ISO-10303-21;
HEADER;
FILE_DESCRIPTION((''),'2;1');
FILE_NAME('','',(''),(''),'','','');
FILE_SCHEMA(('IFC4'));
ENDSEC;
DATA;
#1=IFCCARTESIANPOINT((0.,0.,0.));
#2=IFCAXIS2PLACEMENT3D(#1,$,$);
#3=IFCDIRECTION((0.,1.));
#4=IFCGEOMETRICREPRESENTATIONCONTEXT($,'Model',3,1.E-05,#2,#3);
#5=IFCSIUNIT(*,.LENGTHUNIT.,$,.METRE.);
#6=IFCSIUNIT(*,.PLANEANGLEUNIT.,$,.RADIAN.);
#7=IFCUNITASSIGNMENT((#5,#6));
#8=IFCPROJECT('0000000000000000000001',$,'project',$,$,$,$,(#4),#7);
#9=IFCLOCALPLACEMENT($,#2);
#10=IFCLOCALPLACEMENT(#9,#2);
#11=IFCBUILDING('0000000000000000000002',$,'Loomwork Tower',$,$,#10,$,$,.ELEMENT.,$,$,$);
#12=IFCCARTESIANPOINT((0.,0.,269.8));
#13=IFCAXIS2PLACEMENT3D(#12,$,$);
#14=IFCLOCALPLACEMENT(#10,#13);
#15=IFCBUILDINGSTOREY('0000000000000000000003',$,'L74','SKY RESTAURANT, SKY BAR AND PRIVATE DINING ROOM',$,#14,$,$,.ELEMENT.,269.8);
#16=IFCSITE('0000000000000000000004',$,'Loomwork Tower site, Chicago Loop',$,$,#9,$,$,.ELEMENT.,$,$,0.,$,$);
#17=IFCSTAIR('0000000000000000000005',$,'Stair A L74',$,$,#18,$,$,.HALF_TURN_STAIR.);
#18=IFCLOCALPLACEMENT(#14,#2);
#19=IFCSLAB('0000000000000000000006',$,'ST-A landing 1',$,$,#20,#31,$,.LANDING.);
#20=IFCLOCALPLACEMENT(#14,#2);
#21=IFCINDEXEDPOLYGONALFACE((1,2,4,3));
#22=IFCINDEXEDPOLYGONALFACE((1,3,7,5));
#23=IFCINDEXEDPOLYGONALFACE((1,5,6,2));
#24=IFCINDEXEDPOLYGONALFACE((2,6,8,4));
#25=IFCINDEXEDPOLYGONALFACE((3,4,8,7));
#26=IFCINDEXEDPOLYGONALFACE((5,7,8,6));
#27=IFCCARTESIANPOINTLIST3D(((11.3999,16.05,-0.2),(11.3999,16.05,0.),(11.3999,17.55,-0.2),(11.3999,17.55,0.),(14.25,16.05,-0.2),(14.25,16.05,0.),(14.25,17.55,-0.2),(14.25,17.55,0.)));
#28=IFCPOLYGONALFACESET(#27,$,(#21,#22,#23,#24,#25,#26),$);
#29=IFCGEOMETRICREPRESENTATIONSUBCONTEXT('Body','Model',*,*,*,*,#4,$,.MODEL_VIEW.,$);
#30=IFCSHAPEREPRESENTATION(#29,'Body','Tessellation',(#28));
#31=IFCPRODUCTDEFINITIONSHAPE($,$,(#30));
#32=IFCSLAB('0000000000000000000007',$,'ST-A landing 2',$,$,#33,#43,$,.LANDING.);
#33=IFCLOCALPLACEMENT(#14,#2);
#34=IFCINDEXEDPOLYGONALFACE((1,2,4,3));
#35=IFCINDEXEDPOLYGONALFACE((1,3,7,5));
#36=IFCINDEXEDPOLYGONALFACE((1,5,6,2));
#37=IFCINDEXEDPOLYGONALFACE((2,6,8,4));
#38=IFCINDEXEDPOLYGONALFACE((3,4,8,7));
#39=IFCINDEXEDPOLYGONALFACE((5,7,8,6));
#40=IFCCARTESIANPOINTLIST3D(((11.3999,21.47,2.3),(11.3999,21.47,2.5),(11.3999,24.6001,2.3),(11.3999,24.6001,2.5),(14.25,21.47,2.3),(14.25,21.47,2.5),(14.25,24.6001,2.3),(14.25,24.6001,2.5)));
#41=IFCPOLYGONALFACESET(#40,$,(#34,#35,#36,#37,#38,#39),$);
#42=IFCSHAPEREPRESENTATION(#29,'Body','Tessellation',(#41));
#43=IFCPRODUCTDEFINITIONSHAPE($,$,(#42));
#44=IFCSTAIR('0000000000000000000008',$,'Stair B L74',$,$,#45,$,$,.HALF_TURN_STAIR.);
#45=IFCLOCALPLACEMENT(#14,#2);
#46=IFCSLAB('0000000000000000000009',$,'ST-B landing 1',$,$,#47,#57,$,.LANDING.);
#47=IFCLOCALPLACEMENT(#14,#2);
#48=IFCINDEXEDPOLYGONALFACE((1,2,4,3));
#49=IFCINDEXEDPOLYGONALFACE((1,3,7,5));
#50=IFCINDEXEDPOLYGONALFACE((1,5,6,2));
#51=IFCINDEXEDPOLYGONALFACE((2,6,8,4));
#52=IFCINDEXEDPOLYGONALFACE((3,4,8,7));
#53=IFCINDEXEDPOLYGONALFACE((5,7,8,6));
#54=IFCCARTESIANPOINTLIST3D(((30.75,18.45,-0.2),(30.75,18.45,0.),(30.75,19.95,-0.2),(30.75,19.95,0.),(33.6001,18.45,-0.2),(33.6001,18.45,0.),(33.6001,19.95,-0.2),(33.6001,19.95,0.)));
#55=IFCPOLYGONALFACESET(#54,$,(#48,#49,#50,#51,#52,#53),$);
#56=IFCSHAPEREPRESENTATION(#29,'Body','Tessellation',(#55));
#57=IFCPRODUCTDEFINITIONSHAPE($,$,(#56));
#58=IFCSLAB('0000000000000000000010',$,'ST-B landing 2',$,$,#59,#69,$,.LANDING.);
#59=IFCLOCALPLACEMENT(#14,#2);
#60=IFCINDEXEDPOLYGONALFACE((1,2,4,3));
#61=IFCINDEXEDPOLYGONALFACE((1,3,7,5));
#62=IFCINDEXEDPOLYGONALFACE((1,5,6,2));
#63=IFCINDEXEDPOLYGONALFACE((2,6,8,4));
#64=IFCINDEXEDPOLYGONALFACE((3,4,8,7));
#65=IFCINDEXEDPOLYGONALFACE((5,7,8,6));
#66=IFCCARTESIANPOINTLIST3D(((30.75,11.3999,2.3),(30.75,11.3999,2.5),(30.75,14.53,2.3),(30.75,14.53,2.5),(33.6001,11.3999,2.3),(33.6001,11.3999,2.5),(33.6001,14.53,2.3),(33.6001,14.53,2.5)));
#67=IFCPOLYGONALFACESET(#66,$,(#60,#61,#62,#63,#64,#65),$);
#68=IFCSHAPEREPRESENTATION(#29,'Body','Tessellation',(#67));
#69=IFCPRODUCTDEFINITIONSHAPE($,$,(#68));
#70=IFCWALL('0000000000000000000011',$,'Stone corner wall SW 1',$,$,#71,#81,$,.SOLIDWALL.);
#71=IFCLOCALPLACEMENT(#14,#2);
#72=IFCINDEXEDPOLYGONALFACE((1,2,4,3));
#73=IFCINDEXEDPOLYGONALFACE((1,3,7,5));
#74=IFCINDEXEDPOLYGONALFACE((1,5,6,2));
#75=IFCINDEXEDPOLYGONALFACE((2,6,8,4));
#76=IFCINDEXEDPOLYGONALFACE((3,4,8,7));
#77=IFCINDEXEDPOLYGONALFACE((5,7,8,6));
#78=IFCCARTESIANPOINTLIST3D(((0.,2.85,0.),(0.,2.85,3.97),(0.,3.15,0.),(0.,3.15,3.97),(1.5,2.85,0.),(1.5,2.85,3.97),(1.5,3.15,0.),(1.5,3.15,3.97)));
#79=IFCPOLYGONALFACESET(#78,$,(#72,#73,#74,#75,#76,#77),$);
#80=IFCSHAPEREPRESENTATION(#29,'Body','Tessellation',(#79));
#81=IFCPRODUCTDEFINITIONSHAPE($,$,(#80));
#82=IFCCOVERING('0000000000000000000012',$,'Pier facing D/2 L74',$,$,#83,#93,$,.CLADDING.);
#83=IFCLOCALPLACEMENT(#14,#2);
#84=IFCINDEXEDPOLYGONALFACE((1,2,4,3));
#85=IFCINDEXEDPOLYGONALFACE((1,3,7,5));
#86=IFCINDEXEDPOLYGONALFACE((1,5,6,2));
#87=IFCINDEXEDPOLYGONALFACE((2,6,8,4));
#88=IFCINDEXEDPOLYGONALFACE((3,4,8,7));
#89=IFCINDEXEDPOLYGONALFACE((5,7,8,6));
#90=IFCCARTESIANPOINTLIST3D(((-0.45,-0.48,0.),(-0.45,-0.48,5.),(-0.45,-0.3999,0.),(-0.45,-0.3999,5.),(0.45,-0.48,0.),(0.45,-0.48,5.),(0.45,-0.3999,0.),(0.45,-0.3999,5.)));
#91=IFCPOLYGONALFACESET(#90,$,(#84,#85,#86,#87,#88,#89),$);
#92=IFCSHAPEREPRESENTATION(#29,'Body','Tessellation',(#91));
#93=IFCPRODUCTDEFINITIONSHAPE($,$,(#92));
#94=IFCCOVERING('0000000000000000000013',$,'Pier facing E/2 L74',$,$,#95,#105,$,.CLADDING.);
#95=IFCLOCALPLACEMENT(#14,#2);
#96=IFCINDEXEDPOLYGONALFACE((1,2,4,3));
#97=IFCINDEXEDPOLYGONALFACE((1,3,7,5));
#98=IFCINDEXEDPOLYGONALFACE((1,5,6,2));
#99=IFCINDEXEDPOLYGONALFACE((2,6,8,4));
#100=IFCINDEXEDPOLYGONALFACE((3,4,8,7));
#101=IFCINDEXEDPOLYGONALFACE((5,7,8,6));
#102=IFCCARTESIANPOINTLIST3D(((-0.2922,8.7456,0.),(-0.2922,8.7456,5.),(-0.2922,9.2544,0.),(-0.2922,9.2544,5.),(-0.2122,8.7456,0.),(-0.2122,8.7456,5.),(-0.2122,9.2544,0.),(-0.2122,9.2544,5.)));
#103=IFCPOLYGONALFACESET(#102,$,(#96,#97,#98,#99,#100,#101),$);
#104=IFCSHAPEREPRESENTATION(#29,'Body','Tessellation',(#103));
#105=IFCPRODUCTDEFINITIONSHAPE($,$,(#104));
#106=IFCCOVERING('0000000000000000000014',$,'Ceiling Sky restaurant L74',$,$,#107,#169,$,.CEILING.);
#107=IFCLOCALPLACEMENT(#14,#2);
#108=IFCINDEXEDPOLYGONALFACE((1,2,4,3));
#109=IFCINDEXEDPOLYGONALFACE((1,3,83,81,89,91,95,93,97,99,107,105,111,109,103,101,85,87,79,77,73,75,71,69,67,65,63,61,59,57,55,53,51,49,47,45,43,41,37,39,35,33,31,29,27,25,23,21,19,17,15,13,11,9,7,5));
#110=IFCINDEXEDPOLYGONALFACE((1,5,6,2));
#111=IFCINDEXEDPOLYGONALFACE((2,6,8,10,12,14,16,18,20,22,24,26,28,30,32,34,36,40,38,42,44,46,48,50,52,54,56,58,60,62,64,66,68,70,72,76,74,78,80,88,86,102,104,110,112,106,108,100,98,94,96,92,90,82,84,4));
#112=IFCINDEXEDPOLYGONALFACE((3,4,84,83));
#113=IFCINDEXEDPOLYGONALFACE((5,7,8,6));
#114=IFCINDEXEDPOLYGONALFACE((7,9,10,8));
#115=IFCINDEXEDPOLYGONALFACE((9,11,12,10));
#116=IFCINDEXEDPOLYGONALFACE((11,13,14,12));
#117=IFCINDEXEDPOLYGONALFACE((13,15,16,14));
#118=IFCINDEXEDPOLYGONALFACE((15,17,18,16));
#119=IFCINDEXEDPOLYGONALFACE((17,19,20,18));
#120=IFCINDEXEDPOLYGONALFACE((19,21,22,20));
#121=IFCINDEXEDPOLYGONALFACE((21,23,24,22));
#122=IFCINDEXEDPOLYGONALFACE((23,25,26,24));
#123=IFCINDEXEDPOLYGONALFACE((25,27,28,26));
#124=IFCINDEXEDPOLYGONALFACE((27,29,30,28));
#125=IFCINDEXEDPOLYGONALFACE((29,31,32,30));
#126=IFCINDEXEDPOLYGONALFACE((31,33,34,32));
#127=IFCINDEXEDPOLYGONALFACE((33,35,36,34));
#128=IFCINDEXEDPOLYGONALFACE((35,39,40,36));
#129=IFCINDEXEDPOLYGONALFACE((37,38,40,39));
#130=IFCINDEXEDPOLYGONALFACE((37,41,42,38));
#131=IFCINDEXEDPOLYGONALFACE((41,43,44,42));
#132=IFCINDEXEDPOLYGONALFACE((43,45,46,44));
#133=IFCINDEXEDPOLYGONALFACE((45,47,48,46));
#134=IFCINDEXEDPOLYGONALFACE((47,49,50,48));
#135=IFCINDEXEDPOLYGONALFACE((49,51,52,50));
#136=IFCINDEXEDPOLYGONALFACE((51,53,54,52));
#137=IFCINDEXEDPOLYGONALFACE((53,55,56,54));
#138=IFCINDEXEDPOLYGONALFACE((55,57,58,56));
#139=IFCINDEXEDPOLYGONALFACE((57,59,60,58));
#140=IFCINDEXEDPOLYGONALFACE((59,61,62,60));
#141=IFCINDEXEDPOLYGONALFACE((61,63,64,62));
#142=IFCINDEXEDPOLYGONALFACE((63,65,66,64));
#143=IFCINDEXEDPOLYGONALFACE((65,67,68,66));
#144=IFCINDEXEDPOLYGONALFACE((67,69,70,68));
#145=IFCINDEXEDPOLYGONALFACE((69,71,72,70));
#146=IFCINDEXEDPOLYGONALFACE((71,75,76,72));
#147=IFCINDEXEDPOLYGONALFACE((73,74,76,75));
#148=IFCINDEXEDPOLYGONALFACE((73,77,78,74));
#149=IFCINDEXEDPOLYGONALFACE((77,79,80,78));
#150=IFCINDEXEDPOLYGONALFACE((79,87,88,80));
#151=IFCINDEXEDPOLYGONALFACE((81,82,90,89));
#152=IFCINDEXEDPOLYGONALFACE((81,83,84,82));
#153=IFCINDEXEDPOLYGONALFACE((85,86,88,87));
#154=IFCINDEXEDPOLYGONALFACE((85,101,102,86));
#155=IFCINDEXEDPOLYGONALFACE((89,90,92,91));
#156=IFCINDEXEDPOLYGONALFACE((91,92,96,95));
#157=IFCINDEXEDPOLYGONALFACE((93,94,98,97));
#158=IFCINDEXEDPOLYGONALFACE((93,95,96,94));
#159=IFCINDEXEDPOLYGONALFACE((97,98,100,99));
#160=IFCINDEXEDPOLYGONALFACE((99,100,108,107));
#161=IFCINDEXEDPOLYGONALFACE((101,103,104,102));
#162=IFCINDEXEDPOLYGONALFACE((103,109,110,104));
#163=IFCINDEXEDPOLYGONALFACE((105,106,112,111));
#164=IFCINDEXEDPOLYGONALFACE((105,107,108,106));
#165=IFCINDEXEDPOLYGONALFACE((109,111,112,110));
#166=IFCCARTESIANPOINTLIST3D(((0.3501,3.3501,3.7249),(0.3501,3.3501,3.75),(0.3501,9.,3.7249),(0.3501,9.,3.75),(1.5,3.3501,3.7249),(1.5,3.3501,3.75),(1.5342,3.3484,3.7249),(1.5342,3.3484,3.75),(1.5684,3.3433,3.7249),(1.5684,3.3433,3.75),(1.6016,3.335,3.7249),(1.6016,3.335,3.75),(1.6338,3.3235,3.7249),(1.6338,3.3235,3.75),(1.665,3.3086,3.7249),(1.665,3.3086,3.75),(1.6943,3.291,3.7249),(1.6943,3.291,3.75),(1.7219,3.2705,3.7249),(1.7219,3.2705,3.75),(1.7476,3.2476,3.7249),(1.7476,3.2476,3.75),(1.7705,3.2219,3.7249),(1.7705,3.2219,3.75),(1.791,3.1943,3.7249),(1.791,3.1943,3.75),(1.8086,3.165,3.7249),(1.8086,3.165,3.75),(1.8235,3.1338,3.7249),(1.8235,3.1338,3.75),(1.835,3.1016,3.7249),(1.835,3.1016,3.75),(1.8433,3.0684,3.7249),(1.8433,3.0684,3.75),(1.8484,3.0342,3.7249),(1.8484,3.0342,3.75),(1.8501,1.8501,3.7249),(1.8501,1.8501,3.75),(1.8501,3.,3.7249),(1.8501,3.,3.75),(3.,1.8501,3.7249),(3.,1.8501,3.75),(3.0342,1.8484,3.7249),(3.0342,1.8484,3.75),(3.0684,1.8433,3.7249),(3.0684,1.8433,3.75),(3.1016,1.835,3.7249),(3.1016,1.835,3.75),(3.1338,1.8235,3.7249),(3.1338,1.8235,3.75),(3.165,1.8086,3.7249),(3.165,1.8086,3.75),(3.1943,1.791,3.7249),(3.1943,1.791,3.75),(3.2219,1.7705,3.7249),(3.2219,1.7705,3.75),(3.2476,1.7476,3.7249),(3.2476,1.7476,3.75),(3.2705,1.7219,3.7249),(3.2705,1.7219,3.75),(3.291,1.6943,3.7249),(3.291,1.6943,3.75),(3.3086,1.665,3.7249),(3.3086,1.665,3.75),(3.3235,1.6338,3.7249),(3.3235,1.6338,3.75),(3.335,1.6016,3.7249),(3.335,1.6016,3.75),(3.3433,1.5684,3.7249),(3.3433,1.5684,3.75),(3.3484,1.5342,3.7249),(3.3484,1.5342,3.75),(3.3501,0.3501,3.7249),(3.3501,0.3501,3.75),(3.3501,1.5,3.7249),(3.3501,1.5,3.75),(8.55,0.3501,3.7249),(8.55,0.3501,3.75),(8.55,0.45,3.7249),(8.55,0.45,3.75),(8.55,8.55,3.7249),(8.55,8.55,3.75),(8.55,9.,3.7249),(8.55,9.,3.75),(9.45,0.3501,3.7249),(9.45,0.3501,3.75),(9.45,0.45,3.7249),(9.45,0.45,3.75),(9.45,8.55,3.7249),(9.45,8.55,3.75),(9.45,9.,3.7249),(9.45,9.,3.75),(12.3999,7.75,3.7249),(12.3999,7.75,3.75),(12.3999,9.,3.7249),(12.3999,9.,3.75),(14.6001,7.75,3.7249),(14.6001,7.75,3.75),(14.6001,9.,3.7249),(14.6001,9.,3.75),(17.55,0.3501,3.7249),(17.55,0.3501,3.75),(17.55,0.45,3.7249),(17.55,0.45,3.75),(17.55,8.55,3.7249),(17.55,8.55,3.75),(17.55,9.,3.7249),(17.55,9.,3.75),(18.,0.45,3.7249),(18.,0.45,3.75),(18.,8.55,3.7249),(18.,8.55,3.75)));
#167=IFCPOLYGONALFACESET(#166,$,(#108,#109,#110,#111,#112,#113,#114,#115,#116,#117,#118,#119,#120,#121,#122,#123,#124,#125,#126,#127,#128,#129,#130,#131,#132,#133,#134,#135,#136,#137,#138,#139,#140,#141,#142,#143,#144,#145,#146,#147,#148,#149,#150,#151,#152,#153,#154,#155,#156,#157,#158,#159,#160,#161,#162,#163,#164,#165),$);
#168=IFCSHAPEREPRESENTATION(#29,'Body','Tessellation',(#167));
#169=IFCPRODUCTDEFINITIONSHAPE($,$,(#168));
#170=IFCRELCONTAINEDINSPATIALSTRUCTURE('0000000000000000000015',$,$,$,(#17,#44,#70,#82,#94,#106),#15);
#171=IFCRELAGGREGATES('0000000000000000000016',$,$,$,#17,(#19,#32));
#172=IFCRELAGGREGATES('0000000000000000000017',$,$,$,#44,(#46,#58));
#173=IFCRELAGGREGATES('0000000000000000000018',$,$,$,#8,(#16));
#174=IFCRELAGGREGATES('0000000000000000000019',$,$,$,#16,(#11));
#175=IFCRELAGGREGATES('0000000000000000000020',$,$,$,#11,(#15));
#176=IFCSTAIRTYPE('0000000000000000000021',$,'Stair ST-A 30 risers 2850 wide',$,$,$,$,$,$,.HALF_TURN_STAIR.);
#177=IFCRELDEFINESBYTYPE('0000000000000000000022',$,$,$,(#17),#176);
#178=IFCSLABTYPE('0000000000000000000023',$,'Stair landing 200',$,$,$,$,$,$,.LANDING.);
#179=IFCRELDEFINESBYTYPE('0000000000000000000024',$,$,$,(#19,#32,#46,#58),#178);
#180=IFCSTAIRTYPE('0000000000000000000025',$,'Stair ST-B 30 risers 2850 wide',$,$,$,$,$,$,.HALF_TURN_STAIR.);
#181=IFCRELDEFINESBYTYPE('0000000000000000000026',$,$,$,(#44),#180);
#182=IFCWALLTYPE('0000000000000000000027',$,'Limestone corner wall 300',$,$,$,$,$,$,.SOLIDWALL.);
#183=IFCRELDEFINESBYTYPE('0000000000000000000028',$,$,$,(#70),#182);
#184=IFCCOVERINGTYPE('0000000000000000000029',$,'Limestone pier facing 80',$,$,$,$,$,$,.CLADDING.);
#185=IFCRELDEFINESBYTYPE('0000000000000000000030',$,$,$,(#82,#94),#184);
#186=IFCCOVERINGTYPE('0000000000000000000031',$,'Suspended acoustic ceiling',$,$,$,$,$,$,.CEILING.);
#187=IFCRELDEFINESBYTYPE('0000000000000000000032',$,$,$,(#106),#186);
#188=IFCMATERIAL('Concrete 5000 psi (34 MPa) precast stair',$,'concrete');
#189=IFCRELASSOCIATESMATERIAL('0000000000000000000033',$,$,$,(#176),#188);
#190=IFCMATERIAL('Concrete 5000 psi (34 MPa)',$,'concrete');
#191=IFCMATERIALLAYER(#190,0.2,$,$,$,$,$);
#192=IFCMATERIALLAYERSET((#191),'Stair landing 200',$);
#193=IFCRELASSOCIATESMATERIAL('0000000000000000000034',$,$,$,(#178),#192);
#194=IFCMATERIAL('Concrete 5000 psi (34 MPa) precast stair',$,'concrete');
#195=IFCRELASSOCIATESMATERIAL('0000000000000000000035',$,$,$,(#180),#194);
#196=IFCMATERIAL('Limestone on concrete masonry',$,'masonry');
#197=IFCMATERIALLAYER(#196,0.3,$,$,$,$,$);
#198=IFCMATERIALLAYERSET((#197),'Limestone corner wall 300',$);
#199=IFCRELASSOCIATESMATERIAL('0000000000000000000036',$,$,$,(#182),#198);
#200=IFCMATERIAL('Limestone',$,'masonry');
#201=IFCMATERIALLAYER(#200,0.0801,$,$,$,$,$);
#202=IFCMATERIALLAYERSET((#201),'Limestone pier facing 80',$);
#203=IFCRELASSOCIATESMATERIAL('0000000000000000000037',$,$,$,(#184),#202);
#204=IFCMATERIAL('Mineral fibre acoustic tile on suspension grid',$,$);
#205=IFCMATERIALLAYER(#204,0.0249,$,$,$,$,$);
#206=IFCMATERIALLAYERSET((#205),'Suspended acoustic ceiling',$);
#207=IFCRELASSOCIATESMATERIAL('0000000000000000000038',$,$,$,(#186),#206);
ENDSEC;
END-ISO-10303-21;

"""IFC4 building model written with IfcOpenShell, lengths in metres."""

from ifc_helpers import new_model, si_unit, direction, frame, frame_2d, origin, origin_2d, place, context, subcontext, project, spatial, polyline, rectangle, outline, extrude, material, layer, layer_set, type_object, element, aggregate, save


model = new_model("IFC4")

# Units and contexts
model_context = context("Model", 3, precision=1e-05, world=origin(), true_north=direction((0.0, 1.0)))
body_context = subcontext(model_context, "Body", "Model", "MODEL_VIEW")
ifc_project = project(units=[si_unit("LENGTHUNIT", "METRE"), si_unit("PLANEANGLEUNIT", "RADIAN")], contexts=[model_context])

# Site, building, storey
site_placement = place(None, origin())
site = spatial("IfcSite", under=ifc_project, at=site_placement, Name="Loomwork Tower site, Chicago Loop", CompositionType="ELEMENT", RefElevation=0.0)
building_placement = place(site_placement, origin())
building = spatial("IfcBuilding", under=site, at=building_placement, Name="Loomwork Tower", CompositionType="ELEMENT")
storey_placement = place(building_placement, frame((0.0, 0.0, 269.8)))
storey = spatial("IfcBuildingStorey", under=building, at=storey_placement, Name="L74", Description="SKY RESTAURANT, SKY BAR AND PRIVATE DINING ROOM", CompositionType="ELEMENT", Elevation=269.8)

# Stairs, slabs
ifc_material_1 = material(Name="Concrete 5000 psi (34 MPa) precast stair", Category="concrete")
stair_type_1 = type_object("IfcStairType", Name="Stair ST-A 30 risers 2850 wide", PredefinedType="HALF_TURN_STAIR", material=ifc_material_1)
stair_1_placement = place(storey_placement, origin())
stair_1 = element("IfcStair", 1, at=stair_1_placement, inside=storey, type_object=stair_type_1, Name="Stair A L74", PredefinedType="HALF_TURN_STAIR")
ifc_material_2 = material(Name="Concrete 5000 psi (34 MPa)", Category="concrete")
ifc_layer_1 = layer(ifc_material_2, 0.2)
ifc_layer_set_1 = layer_set([ifc_layer_1], Name="Stair landing 200")
slab_type_1 = type_object("IfcSlabType", Name="Stair landing 200", PredefinedType="LANDING", material=ifc_layer_set_1)
slab_1_placement = place(storey_placement, frame((0.0, 0.0, -0.2)))
slab_1 = element("IfcSlab", 2, at=slab_1_placement, type_object=slab_type_1, Name="ST-A landing 1", PredefinedType="LANDING", context=body_context, shape_type="SweptSolid", body=[
    extrude(outline(polyline([(11.3999, 16.05), (14.25, 16.05), (14.25, 17.55), (11.3999, 17.55), (11.3999, 16.05)])), origin(), (0.0, 0.0, 1.0), 0.2),
])
slab_2_placement = place(storey_placement, frame((0.0, 0.0, 2.3)))
slab_2 = element("IfcSlab", 3, at=slab_2_placement, type_object=slab_type_1, Name="ST-A landing 2", PredefinedType="LANDING", context=body_context, shape_type="SweptSolid", body=[
    extrude(outline(polyline([(11.3999, 21.47), (14.25, 21.47), (14.25, 24.6001), (11.3999, 24.6001), (11.3999, 21.47)])), origin(), (0.0, 0.0, 1.0), 0.2),
])
aggregate(stair_1, [slab_1, slab_2])
ifc_material_3 = material(Name="Concrete 5000 psi (34 MPa) precast stair", Category="concrete")
stair_type_2 = type_object("IfcStairType", Name="Stair ST-B 30 risers 2850 wide", PredefinedType="HALF_TURN_STAIR", material=ifc_material_3)
stair_2_placement = place(storey_placement, origin())
stair_2 = element("IfcStair", 4, at=stair_2_placement, inside=storey, type_object=stair_type_2, Name="Stair B L74", PredefinedType="HALF_TURN_STAIR")
slab_3_placement = place(storey_placement, frame((0.0, 0.0, -0.2)))
slab_3 = element("IfcSlab", 5, at=slab_3_placement, type_object=slab_type_1, Name="ST-B landing 1", PredefinedType="LANDING", context=body_context, shape_type="SweptSolid", body=[
    extrude(outline(polyline([(30.75, 18.45), (33.6001, 18.45), (33.6001, 19.95), (30.75, 19.95), (30.75, 18.45)])), origin(), (0.0, 0.0, 1.0), 0.2),
])
slab_4_placement = place(storey_placement, frame((0.0, 0.0, 2.3)))
slab_4 = element("IfcSlab", 6, at=slab_4_placement, type_object=slab_type_1, Name="ST-B landing 2", PredefinedType="LANDING", context=body_context, shape_type="SweptSolid", body=[
    extrude(outline(polyline([(30.75, 11.3999), (33.6001, 11.3999), (33.6001, 14.53), (30.75, 14.53), (30.75, 11.3999)])), origin(), (0.0, 0.0, 1.0), 0.2),
])
aggregate(stair_2, [slab_3, slab_4])

# Wall
ifc_material_4 = material(Name="Limestone on concrete masonry", Category="masonry")
ifc_layer_2 = layer(ifc_material_4, 0.3)
ifc_layer_set_2 = layer_set([ifc_layer_2], Name="Limestone corner wall 300")
wall_type = type_object("IfcWallType", Name="Limestone corner wall 300", PredefinedType="SOLIDWALL", material=ifc_layer_set_2)
wall_placement = place(storey_placement, frame((0.0, 3.0, 0.0), z_axis=(0.0, 0.0, 1.0), x_axis=(1.0, 0.0, 0.0)))
element("IfcWall", 7, at=wall_placement, inside=storey, type_object=wall_type, Name="Stone corner wall SW 1", PredefinedType="SOLIDWALL", context=body_context, shape_type="SweptSolid", body=[
    extrude(rectangle(XDim=1.5, YDim=0.3, at=frame_2d((0.75, 0.0))), origin(), (0.0, 0.0, 1.0), 3.97),
])

# Coverings
ifc_material_5 = material(Name="Limestone", Category="masonry")
ifc_layer_3 = layer(ifc_material_5, 0.0801)
ifc_layer_set_3 = layer_set([ifc_layer_3], Name="Limestone pier facing 80")
covering_type_1 = type_object("IfcCoveringType", Name="Limestone pier facing 80", PredefinedType="CLADDING", material=ifc_layer_set_3)
covering_1_placement = place(storey_placement, frame((0.0, -0.4399, 0.0), z_axis=(0.0, 0.0, 1.0), x_axis=(1.0, 0.0, 0.0)))
element("IfcCovering", 8, at=covering_1_placement, inside=storey, type_object=covering_type_1, Name="Pier facing D/2 L74", PredefinedType="CLADDING", context=body_context, shape_type="SweptSolid", body=[
    extrude(rectangle(XDim=0.8999, YDim=0.0801, at=origin_2d()), origin(), (0.0, 0.0, 1.0), 5.0),
])
covering_2_placement = place(storey_placement, frame((-0.2522, 9.0, 0.0), z_axis=(0.0, 0.0, 1.0), x_axis=(1.0, 0.0, 0.0)))
element("IfcCovering", 9, at=covering_2_placement, inside=storey, type_object=covering_type_1, Name="Pier facing E/2 L74", PredefinedType="CLADDING", context=body_context, shape_type="SweptSolid", body=[
    extrude(rectangle(XDim=0.0801, YDim=0.5088, at=origin_2d()), origin(), (0.0, 0.0, 1.0), 5.0),
])
ifc_material_6 = material(Name="Mineral fibre acoustic tile on suspension grid")
ifc_layer_4 = layer(ifc_material_6, 0.0249)
ifc_layer_set_4 = layer_set([ifc_layer_4], Name="Suspended acoustic ceiling")
covering_type_2 = type_object("IfcCoveringType", Name="Suspended acoustic ceiling", PredefinedType="CEILING", material=ifc_layer_set_4)
covering_3_placement = place(storey_placement, frame((0.0, 0.0, 3.7249)))
element("IfcCovering", 10, at=covering_3_placement, inside=storey, type_object=covering_type_2, Name="Ceiling Sky restaurant L74", PredefinedType="CEILING", context=body_context, shape_type="SweptSolid", body=[
    extrude(outline(polyline([(3.3501, 1.5), (3.3484, 1.5342), (3.3433, 1.5684), (3.335, 1.6016), (3.3235, 1.6338), (3.3086, 1.665), (3.291, 1.6943), (3.2705, 1.7219), (3.2476, 1.7476), (3.2219, 1.7705), (3.1943, 1.791), (3.165, 1.8086), (3.1338, 1.8235), (3.1016, 1.835), (3.0684, 1.8433), (3.0342, 1.8484), (3.0, 1.8501), (1.8501, 1.8501), (1.8501, 3.0), (1.8484, 3.0342), (1.8433, 3.0684), (1.835, 3.1016), (1.8235, 3.1338), (1.8086, 3.165), (1.791, 3.1943), (1.7705, 3.2219), (1.7476, 3.2476), (1.7219, 3.2705), (1.6943, 3.291), (1.665, 3.3086), (1.6338, 3.3235), (1.6016, 3.335), (1.5684, 3.3433), (1.5342, 3.3484), (1.5, 3.3501), (0.3501, 3.3501), (0.3501, 9.0), (8.55, 9.0), (8.55, 8.55), (9.45, 8.55), (9.45, 9.0), (12.3999, 9.0), (12.3999, 7.75), (14.6001, 7.75), (14.6001, 9.0), (17.55, 9.0), (17.55, 8.55), (18.0, 8.55), (18.0, 0.45), (17.55, 0.45), (17.55, 0.3501), (9.45, 0.3501), (9.45, 0.45), (8.55, 0.45), (8.55, 0.3501), (3.3501, 0.3501), (3.3501, 1.5)])), origin(), (0.0, 0.0, 1.0), 0.0251),
])

save(model, "model.ifc")
